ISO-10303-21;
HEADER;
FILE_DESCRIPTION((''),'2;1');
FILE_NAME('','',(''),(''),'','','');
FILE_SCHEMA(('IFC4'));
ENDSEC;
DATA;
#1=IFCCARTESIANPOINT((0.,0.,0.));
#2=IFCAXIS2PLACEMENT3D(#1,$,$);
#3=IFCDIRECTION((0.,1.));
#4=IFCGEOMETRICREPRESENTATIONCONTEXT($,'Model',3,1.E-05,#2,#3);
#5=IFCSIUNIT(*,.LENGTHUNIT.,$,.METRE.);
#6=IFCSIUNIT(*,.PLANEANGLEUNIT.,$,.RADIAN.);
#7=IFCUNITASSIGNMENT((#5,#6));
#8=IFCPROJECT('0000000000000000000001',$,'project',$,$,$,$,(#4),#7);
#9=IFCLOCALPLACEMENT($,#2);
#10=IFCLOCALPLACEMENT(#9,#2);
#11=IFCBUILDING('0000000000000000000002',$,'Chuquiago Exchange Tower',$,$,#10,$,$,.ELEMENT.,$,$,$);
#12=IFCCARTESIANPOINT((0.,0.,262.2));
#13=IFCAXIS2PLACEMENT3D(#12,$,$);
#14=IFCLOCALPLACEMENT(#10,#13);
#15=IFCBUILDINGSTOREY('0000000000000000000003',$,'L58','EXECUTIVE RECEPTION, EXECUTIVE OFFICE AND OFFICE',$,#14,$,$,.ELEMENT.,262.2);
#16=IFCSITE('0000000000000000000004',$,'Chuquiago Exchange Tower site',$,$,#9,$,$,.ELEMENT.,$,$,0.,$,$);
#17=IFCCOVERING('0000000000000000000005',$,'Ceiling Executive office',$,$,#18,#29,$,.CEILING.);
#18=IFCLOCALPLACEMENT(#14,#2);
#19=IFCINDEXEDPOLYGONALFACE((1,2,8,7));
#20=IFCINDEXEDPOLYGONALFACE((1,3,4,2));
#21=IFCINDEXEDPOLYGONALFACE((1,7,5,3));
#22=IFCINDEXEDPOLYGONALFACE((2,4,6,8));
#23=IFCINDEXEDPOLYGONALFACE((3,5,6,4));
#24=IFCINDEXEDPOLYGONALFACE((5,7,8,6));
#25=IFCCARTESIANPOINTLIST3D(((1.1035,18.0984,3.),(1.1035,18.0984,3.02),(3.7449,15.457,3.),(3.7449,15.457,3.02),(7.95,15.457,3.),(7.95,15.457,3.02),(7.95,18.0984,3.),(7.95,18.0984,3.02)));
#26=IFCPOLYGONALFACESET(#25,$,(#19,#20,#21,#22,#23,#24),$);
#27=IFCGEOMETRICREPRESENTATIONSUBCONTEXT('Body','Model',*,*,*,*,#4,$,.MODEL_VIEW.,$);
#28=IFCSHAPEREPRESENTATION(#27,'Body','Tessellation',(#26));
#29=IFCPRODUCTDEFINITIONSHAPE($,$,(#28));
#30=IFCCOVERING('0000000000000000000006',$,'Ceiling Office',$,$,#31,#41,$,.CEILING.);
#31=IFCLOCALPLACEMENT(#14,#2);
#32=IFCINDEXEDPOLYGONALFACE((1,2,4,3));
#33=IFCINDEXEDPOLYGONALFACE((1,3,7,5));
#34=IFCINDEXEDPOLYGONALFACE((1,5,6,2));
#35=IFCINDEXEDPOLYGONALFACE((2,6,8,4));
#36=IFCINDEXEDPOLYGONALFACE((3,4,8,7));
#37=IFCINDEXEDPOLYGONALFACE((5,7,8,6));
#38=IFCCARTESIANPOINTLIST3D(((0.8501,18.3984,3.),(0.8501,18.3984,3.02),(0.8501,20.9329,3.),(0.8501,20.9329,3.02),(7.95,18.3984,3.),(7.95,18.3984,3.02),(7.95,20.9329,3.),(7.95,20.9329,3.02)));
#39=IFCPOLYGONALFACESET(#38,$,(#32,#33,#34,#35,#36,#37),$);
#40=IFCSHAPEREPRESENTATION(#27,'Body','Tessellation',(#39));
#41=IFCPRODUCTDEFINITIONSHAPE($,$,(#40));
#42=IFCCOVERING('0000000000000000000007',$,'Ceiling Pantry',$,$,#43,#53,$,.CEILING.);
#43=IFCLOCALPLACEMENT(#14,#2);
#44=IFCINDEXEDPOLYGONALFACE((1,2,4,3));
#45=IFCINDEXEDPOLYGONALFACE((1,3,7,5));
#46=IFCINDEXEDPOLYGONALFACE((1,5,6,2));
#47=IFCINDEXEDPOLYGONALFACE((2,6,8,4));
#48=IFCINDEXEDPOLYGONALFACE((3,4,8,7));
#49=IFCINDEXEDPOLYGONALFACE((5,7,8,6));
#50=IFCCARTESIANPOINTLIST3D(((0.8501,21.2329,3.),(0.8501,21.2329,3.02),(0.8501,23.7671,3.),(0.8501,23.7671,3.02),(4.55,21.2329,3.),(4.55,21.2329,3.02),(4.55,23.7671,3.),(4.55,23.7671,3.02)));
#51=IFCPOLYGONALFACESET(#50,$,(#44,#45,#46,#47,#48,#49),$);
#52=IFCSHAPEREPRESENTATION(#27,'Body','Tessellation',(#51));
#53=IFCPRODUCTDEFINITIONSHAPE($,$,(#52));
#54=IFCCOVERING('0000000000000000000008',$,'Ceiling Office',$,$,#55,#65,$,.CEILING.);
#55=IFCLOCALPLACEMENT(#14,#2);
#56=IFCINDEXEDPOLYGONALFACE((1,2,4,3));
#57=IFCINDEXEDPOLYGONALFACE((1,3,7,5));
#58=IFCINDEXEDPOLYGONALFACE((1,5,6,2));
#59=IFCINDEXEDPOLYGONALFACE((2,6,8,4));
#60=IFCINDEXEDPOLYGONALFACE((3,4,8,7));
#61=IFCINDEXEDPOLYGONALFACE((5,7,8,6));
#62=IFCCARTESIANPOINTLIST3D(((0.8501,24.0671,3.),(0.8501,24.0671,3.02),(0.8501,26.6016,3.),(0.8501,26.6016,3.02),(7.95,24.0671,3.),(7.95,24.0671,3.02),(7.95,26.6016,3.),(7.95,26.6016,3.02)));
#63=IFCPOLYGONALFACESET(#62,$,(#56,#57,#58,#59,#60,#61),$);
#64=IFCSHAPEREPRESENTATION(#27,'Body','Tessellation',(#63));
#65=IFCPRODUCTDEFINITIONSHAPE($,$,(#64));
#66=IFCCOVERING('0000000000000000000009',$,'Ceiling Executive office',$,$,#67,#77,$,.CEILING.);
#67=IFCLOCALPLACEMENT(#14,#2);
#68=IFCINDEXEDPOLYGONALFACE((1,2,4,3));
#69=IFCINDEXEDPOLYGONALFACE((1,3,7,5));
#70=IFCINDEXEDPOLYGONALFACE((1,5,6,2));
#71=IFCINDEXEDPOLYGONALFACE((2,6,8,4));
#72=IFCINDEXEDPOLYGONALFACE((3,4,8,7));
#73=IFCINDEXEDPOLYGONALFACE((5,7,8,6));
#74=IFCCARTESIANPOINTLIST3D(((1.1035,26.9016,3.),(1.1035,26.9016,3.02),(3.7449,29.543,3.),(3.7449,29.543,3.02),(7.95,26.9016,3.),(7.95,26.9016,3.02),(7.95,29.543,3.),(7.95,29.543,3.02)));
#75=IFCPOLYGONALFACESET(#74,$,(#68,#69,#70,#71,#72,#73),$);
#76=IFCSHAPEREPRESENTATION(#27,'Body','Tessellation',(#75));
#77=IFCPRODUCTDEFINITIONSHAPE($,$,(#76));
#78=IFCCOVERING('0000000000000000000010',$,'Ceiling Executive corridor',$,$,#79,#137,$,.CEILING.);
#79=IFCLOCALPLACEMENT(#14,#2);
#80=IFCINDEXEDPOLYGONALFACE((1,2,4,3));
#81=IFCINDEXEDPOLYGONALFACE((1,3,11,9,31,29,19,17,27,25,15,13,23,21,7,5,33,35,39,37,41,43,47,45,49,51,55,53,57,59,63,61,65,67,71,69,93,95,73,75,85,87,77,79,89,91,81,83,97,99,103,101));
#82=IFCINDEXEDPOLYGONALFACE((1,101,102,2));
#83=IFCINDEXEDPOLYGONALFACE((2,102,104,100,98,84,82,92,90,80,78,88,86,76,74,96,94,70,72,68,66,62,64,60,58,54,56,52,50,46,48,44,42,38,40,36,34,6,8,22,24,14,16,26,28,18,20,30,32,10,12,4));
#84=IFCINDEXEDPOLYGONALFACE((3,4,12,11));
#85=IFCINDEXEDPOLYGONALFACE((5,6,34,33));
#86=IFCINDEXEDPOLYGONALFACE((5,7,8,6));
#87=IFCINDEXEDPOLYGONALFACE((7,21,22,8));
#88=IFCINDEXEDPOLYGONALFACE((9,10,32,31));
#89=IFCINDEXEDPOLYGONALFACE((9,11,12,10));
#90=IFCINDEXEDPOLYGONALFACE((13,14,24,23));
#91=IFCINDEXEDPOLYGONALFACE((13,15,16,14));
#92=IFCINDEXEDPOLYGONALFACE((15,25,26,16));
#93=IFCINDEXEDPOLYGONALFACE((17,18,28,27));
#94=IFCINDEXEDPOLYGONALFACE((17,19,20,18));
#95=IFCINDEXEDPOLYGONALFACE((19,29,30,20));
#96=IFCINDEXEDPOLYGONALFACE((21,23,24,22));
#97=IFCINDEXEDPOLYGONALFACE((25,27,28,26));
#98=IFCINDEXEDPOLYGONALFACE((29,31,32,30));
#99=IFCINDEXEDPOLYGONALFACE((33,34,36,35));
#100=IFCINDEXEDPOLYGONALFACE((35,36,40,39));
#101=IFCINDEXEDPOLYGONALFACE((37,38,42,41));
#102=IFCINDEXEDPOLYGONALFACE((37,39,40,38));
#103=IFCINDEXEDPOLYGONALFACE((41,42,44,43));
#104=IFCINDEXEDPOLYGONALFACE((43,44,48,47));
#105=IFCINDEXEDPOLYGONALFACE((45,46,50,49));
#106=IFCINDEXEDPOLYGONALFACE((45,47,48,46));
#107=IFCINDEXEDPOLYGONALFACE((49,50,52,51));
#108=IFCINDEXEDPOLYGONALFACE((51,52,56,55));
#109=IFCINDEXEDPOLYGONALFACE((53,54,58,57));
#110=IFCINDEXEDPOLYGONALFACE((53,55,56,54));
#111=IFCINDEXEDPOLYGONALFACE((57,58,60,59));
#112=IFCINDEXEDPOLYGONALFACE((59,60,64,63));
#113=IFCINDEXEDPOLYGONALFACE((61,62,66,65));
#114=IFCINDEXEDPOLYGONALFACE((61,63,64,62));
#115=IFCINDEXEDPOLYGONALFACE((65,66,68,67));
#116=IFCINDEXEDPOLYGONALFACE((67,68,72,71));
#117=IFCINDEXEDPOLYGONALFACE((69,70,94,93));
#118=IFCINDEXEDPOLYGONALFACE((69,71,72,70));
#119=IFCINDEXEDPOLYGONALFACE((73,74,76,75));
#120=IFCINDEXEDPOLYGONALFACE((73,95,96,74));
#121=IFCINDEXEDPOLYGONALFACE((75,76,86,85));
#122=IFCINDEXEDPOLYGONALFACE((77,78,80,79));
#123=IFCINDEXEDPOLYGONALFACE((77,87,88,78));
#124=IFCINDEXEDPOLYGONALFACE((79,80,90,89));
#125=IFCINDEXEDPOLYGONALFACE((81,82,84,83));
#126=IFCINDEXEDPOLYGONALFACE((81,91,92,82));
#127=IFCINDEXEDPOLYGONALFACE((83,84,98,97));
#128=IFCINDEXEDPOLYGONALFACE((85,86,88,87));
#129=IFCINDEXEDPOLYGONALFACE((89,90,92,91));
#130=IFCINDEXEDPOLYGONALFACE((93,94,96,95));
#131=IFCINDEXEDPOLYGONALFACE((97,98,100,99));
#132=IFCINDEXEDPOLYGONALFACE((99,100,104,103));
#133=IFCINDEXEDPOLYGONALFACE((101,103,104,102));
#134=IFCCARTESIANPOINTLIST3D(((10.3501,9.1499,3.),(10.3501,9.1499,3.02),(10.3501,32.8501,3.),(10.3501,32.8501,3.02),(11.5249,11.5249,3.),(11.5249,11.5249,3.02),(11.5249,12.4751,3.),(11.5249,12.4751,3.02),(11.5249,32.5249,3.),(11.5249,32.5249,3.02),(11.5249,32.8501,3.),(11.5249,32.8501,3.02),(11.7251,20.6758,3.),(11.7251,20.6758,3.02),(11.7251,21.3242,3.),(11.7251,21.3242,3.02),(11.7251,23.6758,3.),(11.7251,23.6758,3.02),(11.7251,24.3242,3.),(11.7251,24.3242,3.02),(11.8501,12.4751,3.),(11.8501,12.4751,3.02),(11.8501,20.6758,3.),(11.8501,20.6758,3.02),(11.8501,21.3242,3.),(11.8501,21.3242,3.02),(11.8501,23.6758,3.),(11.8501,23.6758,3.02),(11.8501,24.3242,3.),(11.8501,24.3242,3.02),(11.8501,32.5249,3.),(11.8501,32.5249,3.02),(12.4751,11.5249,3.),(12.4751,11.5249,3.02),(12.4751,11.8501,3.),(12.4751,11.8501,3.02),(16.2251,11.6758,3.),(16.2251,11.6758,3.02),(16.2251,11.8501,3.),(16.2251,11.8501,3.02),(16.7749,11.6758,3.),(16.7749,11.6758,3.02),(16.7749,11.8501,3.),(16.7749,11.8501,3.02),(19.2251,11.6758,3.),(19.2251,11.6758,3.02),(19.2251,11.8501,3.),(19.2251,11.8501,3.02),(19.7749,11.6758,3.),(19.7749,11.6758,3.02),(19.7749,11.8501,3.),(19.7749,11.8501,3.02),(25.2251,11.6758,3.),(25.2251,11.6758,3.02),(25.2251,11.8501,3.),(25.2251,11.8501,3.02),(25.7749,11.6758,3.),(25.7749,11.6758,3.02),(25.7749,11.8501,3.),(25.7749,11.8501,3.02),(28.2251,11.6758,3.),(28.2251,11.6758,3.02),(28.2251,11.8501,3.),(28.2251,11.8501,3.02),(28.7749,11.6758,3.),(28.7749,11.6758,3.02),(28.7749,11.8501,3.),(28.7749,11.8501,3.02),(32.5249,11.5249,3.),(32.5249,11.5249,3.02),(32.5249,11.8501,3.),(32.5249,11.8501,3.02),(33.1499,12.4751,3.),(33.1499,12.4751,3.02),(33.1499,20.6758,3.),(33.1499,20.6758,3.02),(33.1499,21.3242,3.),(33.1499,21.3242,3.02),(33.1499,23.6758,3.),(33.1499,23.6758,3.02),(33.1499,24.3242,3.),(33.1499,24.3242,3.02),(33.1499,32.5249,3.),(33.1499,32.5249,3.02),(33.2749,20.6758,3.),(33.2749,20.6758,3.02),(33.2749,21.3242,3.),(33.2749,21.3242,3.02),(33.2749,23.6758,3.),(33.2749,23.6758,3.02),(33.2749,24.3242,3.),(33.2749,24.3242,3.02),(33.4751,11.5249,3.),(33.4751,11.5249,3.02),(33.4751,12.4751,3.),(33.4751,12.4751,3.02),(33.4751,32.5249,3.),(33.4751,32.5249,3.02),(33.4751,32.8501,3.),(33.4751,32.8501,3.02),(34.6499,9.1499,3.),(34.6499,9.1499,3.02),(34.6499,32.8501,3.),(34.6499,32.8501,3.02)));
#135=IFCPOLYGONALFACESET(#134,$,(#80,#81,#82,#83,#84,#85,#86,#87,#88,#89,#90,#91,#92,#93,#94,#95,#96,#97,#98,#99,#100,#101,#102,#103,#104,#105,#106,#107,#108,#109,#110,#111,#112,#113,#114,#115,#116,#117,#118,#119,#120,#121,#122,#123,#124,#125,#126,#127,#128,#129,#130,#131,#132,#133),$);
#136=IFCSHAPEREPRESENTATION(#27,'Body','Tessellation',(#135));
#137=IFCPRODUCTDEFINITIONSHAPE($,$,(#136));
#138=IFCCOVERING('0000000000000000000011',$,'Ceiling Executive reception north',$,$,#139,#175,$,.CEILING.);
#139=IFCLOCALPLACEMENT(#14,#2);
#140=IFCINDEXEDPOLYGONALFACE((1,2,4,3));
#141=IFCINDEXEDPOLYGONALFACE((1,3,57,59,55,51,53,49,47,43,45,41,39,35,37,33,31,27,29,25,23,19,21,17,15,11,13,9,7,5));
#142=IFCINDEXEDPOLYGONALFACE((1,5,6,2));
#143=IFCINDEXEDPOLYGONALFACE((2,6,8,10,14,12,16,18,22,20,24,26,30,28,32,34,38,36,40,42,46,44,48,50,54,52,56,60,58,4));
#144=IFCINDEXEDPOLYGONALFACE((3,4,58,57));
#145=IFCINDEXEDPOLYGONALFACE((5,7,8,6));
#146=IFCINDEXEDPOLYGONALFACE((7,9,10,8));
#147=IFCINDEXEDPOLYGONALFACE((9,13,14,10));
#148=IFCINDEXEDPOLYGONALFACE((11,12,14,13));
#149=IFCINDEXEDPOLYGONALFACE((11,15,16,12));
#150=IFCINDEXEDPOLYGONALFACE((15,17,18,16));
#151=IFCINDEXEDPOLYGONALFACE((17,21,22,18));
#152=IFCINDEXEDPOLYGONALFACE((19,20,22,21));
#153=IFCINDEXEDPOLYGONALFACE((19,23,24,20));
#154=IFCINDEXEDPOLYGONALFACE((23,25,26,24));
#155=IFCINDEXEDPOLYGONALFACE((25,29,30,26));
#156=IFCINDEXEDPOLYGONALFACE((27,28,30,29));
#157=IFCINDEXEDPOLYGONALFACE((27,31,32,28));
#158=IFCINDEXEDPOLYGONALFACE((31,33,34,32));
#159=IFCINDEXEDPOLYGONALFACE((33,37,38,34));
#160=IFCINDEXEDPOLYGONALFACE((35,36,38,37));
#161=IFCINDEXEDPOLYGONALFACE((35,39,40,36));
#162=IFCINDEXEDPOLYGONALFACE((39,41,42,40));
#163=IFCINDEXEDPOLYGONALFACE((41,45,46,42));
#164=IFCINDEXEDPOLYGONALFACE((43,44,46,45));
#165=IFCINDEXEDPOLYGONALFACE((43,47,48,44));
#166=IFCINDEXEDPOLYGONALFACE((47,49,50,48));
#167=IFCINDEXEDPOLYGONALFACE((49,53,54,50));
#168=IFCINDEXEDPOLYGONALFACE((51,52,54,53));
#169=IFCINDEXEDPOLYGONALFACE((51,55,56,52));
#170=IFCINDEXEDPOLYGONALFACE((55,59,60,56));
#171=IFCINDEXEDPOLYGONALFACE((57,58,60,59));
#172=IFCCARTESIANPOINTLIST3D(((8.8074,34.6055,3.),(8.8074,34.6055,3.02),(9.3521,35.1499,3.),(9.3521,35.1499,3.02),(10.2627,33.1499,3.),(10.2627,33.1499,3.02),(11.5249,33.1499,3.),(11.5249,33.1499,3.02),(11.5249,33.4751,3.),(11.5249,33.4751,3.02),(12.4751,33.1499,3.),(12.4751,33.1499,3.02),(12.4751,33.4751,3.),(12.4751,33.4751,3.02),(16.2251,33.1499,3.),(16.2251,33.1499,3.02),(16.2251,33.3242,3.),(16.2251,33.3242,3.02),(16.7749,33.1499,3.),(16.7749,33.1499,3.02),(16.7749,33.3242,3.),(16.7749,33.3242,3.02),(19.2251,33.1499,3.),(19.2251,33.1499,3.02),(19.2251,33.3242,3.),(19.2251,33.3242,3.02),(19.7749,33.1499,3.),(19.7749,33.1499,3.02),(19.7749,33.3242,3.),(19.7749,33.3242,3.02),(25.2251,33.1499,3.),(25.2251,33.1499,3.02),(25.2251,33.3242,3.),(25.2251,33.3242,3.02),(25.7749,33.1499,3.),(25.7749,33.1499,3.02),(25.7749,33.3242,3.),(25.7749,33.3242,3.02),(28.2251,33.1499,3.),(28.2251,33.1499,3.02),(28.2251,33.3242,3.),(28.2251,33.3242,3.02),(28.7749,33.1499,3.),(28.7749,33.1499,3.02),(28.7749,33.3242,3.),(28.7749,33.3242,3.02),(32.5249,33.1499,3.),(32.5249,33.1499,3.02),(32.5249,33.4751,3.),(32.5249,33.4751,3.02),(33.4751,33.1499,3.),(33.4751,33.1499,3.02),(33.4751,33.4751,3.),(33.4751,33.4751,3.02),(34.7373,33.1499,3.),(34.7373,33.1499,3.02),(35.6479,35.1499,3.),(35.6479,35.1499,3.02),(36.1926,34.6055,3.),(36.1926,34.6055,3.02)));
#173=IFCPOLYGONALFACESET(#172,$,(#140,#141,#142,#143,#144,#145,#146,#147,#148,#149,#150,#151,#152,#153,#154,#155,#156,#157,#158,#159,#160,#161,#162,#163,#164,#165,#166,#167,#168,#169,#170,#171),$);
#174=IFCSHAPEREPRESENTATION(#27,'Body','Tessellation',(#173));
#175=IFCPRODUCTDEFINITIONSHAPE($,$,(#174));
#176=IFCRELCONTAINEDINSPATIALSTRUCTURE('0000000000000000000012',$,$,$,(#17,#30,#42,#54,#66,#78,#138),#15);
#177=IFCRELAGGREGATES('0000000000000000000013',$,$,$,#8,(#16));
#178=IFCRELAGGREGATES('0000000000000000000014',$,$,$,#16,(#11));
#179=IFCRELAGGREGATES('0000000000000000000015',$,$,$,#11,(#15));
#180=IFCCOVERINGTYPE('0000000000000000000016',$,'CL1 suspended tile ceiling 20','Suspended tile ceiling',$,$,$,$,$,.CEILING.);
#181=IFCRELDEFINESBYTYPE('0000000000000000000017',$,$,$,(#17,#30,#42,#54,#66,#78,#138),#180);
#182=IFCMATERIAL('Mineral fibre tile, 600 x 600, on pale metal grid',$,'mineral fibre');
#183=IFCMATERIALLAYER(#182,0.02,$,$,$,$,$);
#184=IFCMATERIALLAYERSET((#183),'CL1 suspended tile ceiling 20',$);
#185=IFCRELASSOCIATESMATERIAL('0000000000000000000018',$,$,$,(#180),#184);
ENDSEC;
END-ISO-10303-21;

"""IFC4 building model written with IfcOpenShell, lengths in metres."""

from ifc_helpers import new_model, si_unit, direction, frame, origin, place, context, subcontext, project, spatial, polyline, outline, extrude, material, layer, layer_set, type_object, element, save


model = new_model("IFC4")

# Units and contexts
model_context = context("Model", 3, precision=1e-05, world=origin(), true_north=direction((0.0, 1.0)))
body_context = subcontext(model_context, "Body", "Model", "MODEL_VIEW")
ifc_project = project(units=[si_unit("LENGTHUNIT", "METRE"), si_unit("PLANEANGLEUNIT", "RADIAN")], contexts=[model_context])

# Site, building, storey
site_placement = place(None, origin())
site = spatial("IfcSite", under=ifc_project, at=site_placement, Name="Chuquiago Exchange Tower site", CompositionType="ELEMENT", RefElevation=0.0)
building_placement = place(site_placement, origin())
building = spatial("IfcBuilding", under=site, at=building_placement, Name="Chuquiago Exchange Tower", CompositionType="ELEMENT")
storey_placement = place(building_placement, frame((0.0, 0.0, 262.2)))
storey = spatial("IfcBuildingStorey", under=building, at=storey_placement, Name="L58", Description="EXECUTIVE RECEPTION, EXECUTIVE OFFICE AND OFFICE", CompositionType="ELEMENT", Elevation=262.2)

# Coverings
ifc_material_1 = material(Name="Mineral fibre tile, 600 x 600, on pale metal grid", Category="mineral fibre")
ifc_layer_1 = layer(ifc_material_1, 0.02)
ifc_layer_set_1 = layer_set([ifc_layer_1], Name="CL1 suspended tile ceiling 20")
covering_type_1 = type_object("IfcCoveringType", Name="CL1 suspended tile ceiling 20", Description="Suspended tile ceiling", PredefinedType="CEILING", material=ifc_layer_set_1)
covering_1_placement = place(storey_placement, frame((0.0, 0.0, 3.0)))
element("IfcCovering", 1, at=covering_1_placement, inside=storey, type_object=covering_type_1, Name="Ceiling Executive office", PredefinedType="CEILING", context=body_context, shape_type="SweptSolid", body=[
    extrude(outline(polyline([(7.95, 18.0984), (7.95, 15.457), (3.7449, 15.457), (1.1035, 18.0984), (7.95, 18.0984)])), origin(), (0.0, 0.0, 1.0), 0.02),
])
covering_2_placement = place(storey_placement, frame((0.0, 0.0, 3.0)))
element("IfcCovering", 2, at=covering_2_placement, inside=storey, type_object=covering_type_1, Name="Ceiling Office", PredefinedType="CEILING", context=body_context, shape_type="SweptSolid", body=[
    extrude(outline(polyline([(0.8501, 20.9329), (7.95, 20.9329), (7.95, 18.3984), (0.8501, 18.3984), (0.8501, 20.9329)])), origin(), (0.0, 0.0, 1.0), 0.02),
])
covering_3_placement = place(storey_placement, frame((0.0, 0.0, 3.0)))
element("IfcCovering", 3, at=covering_3_placement, inside=storey, type_object=covering_type_1, Name="Ceiling Pantry", PredefinedType="CEILING", context=body_context, shape_type="SweptSolid", body=[
    extrude(outline(polyline([(4.55, 23.7671), (4.55, 21.2329), (0.8501, 21.2329), (0.8501, 23.7671), (4.55, 23.7671)])), origin(), (0.0, 0.0, 1.0), 0.02),
])
covering_4_placement = place(storey_placement, frame((0.0, 0.0, 3.0)))
element("IfcCovering", 4, at=covering_4_placement, inside=storey, type_object=covering_type_1, Name="Ceiling Office", PredefinedType="CEILING", context=body_context, shape_type="SweptSolid", body=[
    extrude(outline(polyline([(7.95, 26.6016), (7.95, 24.0671), (0.8501, 24.0671), (0.8501, 26.6016), (7.95, 26.6016)])), origin(), (0.0, 0.0, 1.0), 0.02),
])
covering_5_placement = place(storey_placement, frame((0.0, 0.0, 3.0)))
element("IfcCovering", 5, at=covering_5_placement, inside=storey, type_object=covering_type_1, Name="Ceiling Executive office", PredefinedType="CEILING", context=body_context, shape_type="SweptSolid", body=[
    extrude(outline(polyline([(7.95, 29.543), (7.95, 26.9016), (1.1035, 26.9016), (3.7449, 29.543), (7.95, 29.543)])), origin(), (0.0, 0.0, 1.0), 0.02),
])
covering_6_placement = place(storey_placement, frame((0.0, 0.0, 3.0)))
element("IfcCovering", 6, at=covering_6_placement, inside=storey, type_object=covering_type_1, Name="Ceiling Executive corridor", PredefinedType="CEILING", context=body_context, shape_type="SweptSolid", body=[
    extrude(outline(polyline([(16.2251, 11.8501), (16.2251, 11.6758), (16.7749, 11.6758), (16.7749, 11.8501), (19.2251, 11.8501), (19.2251, 11.6758), (19.7749, 11.6758), (19.7749, 11.8501), (25.2251, 11.8501), (25.2251, 11.6758), (25.7749, 11.6758), (25.7749, 11.8501), (28.2251, 11.8501), (28.2251, 11.6758), (28.7749, 11.6758), (28.7749, 11.8501), (32.5249, 11.8501), (32.5249, 11.5249), (33.4751, 11.5249), (33.4751, 12.4751), (33.1499, 12.4751), (33.1499, 20.6758), (33.2749, 20.6758), (33.2749, 21.3242), (33.1499, 21.3242), (33.1499, 23.6758), (33.2749, 23.6758), (33.2749, 24.3242), (33.1499, 24.3242), (33.1499, 32.5249), (33.4751, 32.5249), (33.4751, 32.8501), (34.6499, 32.8501), (34.6499, 9.1499), (10.3501, 9.1499), (10.3501, 32.8501), (11.5249, 32.8501), (11.5249, 32.5249), (11.8501, 32.5249), (11.8501, 24.3242), (11.7251, 24.3242), (11.7251, 23.6758), (11.8501, 23.6758), (11.8501, 21.3242), (11.7251, 21.3242), (11.7251, 20.6758), (11.8501, 20.6758), (11.8501, 12.4751), (11.5249, 12.4751), (11.5249, 11.5249), (12.4751, 11.5249), (12.4751, 11.8501), (16.2251, 11.8501)])), origin(), (0.0, 0.0, 1.0), 0.02),
])
covering_7_placement = place(storey_placement, frame((0.0, 0.0, 3.0)))
element("IfcCovering", 7, at=covering_7_placement, inside=storey, type_object=covering_type_1, Name="Ceiling Executive reception north", PredefinedType="CEILING", context=body_context, shape_type="SweptSolid", body=[
    extrude(outline(polyline([(35.6479, 35.1499), (36.1926, 34.6055), (34.7373, 33.1499), (33.4751, 33.1499), (33.4751, 33.4751), (32.5249, 33.4751), (32.5249, 33.1499), (28.7749, 33.1499), (28.7749, 33.3242), (28.2251, 33.3242), (28.2251, 33.1499), (25.7749, 33.1499), (25.7749, 33.3242), (25.2251, 33.3242), (25.2251, 33.1499), (19.7749, 33.1499), (19.7749, 33.3242), (19.2251, 33.3242), (19.2251, 33.1499), (16.7749, 33.1499), (16.7749, 33.3242), (16.2251, 33.3242), (16.2251, 33.1499), (12.4751, 33.1499), (12.4751, 33.4751), (11.5249, 33.4751), (11.5249, 33.1499), (10.2627, 33.1499), (8.8074, 34.6055), (9.3521, 35.1499), (35.6479, 35.1499)])), origin(), (0.0, 0.0, 1.0), 0.02),
])

save(model, "model.ifc")
